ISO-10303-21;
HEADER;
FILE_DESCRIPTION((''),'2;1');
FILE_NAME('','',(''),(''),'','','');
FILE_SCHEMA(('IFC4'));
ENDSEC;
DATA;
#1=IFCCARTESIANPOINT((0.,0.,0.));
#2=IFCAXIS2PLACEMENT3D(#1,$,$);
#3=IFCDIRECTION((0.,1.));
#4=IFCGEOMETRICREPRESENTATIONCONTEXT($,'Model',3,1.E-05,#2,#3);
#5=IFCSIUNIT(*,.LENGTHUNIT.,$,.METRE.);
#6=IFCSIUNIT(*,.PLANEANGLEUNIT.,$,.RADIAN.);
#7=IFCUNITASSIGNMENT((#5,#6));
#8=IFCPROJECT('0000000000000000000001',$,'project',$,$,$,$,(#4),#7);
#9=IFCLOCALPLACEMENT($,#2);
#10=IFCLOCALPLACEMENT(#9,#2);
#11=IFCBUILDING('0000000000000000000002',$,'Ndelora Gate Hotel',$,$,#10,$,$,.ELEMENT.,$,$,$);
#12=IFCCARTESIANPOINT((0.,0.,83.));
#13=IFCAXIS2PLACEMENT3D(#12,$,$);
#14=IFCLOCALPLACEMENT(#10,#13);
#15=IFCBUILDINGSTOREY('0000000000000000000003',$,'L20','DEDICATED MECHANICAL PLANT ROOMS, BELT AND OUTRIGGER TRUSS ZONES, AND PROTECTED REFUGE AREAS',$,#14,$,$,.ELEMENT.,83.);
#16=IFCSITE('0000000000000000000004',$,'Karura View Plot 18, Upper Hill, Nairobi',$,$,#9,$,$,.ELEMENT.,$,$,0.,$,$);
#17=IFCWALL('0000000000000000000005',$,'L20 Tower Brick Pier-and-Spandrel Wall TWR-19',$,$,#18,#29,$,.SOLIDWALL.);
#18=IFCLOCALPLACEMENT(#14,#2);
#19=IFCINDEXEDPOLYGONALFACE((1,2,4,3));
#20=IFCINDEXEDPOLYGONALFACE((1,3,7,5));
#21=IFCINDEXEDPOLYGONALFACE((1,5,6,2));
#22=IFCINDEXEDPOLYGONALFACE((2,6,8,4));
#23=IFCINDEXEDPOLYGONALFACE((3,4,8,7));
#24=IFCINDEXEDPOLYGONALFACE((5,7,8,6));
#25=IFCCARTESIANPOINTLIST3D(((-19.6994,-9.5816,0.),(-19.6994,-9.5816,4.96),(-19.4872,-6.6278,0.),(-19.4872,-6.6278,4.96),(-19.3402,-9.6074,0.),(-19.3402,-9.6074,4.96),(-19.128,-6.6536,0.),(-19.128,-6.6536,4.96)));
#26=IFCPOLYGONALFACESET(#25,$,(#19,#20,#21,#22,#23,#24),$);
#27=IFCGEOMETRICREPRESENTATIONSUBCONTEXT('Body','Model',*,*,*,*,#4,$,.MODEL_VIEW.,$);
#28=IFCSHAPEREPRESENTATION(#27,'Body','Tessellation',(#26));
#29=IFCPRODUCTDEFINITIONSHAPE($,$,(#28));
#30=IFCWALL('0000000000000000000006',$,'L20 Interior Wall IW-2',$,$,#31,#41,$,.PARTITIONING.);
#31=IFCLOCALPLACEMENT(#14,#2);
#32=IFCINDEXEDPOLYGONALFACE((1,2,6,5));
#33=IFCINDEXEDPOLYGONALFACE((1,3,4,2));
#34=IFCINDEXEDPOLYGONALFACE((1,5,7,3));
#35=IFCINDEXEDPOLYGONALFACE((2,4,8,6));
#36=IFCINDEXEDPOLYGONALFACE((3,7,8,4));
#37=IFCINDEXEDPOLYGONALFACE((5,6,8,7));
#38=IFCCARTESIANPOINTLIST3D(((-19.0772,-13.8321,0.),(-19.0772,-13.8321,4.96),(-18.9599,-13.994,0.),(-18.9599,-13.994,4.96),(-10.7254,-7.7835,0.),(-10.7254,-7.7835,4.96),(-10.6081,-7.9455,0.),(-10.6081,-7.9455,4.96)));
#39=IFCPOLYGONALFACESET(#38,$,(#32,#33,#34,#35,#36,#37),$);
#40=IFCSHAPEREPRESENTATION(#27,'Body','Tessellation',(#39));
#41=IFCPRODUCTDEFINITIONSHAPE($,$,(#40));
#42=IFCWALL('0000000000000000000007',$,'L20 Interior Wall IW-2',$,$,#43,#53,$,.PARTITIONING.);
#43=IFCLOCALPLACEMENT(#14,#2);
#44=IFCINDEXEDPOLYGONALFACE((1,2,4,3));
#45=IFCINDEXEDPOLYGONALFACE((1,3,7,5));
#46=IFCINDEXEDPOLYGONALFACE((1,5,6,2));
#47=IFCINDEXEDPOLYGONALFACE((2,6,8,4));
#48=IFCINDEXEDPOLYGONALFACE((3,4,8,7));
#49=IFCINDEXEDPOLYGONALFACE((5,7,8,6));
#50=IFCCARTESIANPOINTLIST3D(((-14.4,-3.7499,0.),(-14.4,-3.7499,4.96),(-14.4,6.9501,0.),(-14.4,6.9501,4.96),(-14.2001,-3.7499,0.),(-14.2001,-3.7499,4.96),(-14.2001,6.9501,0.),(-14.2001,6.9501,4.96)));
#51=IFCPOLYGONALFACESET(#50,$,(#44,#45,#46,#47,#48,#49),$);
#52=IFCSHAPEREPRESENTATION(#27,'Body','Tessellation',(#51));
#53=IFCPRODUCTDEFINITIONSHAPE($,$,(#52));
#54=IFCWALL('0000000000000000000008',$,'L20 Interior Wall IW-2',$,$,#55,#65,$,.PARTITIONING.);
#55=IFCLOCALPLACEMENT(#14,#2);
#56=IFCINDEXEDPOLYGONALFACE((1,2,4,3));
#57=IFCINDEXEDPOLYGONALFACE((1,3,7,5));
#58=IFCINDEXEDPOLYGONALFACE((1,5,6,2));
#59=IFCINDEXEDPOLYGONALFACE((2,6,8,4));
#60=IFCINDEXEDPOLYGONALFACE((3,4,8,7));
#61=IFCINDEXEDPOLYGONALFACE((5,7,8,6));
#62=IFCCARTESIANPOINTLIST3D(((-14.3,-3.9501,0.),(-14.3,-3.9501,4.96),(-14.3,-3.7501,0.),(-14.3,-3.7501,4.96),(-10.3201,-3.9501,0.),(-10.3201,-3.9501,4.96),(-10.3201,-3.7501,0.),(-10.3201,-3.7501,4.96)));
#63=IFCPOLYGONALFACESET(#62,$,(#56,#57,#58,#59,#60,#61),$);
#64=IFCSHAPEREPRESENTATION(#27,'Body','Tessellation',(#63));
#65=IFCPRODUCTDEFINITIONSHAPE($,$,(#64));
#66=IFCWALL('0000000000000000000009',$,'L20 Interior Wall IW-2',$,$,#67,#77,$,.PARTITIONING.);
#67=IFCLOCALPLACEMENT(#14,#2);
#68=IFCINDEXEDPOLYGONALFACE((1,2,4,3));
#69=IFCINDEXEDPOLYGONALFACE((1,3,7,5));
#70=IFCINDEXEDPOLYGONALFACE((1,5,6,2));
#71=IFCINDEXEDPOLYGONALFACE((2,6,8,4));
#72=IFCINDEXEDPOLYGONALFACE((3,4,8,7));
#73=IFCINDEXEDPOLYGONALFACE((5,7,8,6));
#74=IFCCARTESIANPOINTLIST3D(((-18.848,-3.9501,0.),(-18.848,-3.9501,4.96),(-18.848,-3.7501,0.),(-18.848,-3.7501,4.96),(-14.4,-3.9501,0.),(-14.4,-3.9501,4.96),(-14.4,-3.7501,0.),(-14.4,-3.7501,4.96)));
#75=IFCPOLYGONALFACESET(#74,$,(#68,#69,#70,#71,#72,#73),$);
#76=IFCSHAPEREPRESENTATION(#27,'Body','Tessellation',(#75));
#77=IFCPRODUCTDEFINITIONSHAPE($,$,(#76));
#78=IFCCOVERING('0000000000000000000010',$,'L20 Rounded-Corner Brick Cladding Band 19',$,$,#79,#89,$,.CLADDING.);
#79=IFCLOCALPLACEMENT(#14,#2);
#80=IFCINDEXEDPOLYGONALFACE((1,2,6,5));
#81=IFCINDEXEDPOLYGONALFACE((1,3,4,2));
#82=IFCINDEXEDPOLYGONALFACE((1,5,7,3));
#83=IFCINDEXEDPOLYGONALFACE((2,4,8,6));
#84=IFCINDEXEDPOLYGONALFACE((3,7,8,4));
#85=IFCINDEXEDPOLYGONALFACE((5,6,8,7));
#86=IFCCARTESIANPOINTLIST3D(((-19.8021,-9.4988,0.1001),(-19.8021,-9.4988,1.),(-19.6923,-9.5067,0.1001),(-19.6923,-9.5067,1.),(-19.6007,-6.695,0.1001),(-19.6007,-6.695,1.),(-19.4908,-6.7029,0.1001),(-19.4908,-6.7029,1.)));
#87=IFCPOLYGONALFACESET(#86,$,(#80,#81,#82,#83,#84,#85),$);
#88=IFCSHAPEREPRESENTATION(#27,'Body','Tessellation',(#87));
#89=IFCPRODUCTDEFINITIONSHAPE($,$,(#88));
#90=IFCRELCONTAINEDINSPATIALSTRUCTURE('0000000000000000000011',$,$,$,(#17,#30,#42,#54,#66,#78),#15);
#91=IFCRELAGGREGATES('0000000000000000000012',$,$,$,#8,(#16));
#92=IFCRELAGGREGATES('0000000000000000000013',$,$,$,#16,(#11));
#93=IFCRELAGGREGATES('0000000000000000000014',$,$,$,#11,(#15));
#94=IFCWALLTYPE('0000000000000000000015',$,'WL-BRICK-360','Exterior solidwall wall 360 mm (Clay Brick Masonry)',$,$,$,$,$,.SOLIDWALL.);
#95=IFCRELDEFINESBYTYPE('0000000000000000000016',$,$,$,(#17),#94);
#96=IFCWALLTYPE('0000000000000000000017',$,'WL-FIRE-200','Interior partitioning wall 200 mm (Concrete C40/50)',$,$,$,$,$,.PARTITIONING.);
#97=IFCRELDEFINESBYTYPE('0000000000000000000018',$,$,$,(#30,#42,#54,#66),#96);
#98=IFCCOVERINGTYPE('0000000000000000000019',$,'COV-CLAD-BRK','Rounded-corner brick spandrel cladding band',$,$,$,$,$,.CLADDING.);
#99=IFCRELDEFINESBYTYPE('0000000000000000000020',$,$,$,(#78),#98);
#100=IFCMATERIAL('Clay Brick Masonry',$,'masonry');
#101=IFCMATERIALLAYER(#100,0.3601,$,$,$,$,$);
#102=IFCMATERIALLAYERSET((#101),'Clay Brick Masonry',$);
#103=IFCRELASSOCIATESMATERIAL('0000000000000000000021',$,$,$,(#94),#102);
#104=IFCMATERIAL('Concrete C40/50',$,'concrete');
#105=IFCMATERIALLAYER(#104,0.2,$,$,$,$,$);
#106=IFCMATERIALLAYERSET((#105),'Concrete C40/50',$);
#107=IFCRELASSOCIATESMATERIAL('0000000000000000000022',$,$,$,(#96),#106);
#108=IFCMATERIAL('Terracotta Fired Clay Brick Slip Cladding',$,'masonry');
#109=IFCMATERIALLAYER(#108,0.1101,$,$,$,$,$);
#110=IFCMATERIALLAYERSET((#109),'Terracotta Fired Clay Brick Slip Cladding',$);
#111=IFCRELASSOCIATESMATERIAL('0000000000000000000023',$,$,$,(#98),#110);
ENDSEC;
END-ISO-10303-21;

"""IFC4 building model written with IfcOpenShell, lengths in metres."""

from ifc_helpers import new_model, si_unit, direction, frame, frame_2d, origin, origin_2d, place, context, subcontext, project, spatial, rectangle, extrude, material, layer, layer_set, type_object, element, save


model = new_model("IFC4")

# Units and contexts
model_context = context("Model", 3, precision=1e-05, world=origin(), true_north=direction((0.0, 1.0)))
body_context = subcontext(model_context, "Body", "Model", "MODEL_VIEW")
ifc_project = project(units=[si_unit("LENGTHUNIT", "METRE"), si_unit("PLANEANGLEUNIT", "RADIAN")], contexts=[model_context])

# Site, building, storey
site_placement = place(None, origin())
site = spatial("IfcSite", under=ifc_project, at=site_placement, Name="Karura View Plot 18, Upper Hill, Nairobi", CompositionType="ELEMENT", RefElevation=0.0)
building_placement = place(site_placement, origin())
building = spatial("IfcBuilding", under=site, at=building_placement, Name="Ndelora Gate Hotel", CompositionType="ELEMENT")
storey_placement = place(building_placement, frame((0.0, 0.0, 83.0)))
storey = spatial("IfcBuildingStorey", under=building, at=storey_placement, Name="L20", Description="DEDICATED MECHANICAL PLANT ROOMS, BELT AND OUTRIGGER TRUSS ZONES, AND PROTECTED REFUGE AREAS", CompositionType="ELEMENT", Elevation=83.0)

# Walls
ifc_material_1 = material(Name="Clay Brick Masonry", Category="masonry")
ifc_layer_1 = layer(ifc_material_1, 0.3601)
ifc_layer_set_1 = layer_set([ifc_layer_1], Name="Clay Brick Masonry")
wall_type_1 = type_object("IfcWallType", Name="WL-BRICK-360", Description="Exterior solidwall wall 360 mm (Clay Brick Masonry)", PredefinedType="SOLIDWALL", material=ifc_layer_set_1)
wall_1_placement = place(storey_placement, frame((-19.5198, -9.5945, 0.0), z_axis=(0.0, 0.0, 1.0), x_axis=(0.07164, 0.997431, 0.0)))
element("IfcWall", 1, at=wall_1_placement, inside=storey, type_object=wall_type_1, Name="L20 Tower Brick Pier-and-Spandrel Wall TWR-19", PredefinedType="SOLIDWALL", context=body_context, shape_type="SweptSolid", body=[
    extrude(rectangle(XDim=2.9614, YDim=0.3601, at=frame_2d((1.4807, 0.0))), origin(), (0.0, 0.0, 1.0), 4.96),
])
ifc_material_2 = material(Name="Concrete C40/50", Category="concrete")
ifc_layer_2 = layer(ifc_material_2, 0.2)
ifc_layer_set_2 = layer_set([ifc_layer_2], Name="Concrete C40/50")
wall_type_2 = type_object("IfcWallType", Name="WL-FIRE-200", Description="Interior partitioning wall 200 mm (Concrete C40/50)", PredefinedType="PARTITIONING", material=ifc_layer_set_2)
wall_2_placement = place(storey_placement, frame((-10.6667, -7.8645, 0.0), z_axis=(0.0, 0.0, 1.0), x_axis=(-0.809909, -0.586556, 0.0)))
element("IfcWall", 2, at=wall_2_placement, inside=storey, type_object=wall_type_2, Name="L20 Interior Wall IW-2", PredefinedType="PARTITIONING", context=body_context, shape_type="SweptSolid", body=[
    extrude(rectangle(XDim=10.312, YDim=0.2, at=frame_2d((5.156, 0.0))), origin(), (0.0, 0.0, 1.0), 4.96),
])
wall_3_placement = place(storey_placement, frame((-14.3, -3.75, 0.0), z_axis=(0.0, 0.0, 1.0), x_axis=(0.0, 1.0, 0.0)))
element("IfcWall", 3, at=wall_3_placement, inside=storey, type_object=wall_type_2, Name="L20 Interior Wall IW-2", PredefinedType="PARTITIONING", context=body_context, shape_type="SweptSolid", body=[
    extrude(rectangle(XDim=10.7, YDim=0.2, at=frame_2d((5.3501, 0.0))), origin(), (0.0, 0.0, 1.0), 4.96),
])
wall_4_placement = place(storey_placement, frame((-14.3, -3.8501, 0.0), z_axis=(0.0, 0.0, 1.0), x_axis=(1.0, 0.0, 0.0)))
element("IfcWall", 4, at=wall_4_placement, inside=storey, type_object=wall_type_2, Name="L20 Interior Wall IW-2", PredefinedType="PARTITIONING", context=body_context, shape_type="SweptSolid", body=[
    extrude(rectangle(XDim=3.98, YDim=0.2, at=frame_2d((1.99, 0.0))), origin(), (0.0, 0.0, 1.0), 4.96),
])
wall_5_placement = place(storey_placement, frame((-14.3999, -3.8501, 0.0), z_axis=(0.0, 0.0, 1.0), x_axis=(-1.0, 0.0, 0.0)))
element("IfcWall", 5, at=wall_5_placement, inside=storey, type_object=wall_type_2, Name="L20 Interior Wall IW-2", PredefinedType="PARTITIONING", context=body_context, shape_type="SweptSolid", body=[
    extrude(rectangle(XDim=4.448, YDim=0.2, at=frame_2d((2.2241, 0.0))), origin(), (0.0, 0.0, 1.0), 4.96),
])

# Covering
ifc_material_3 = material(Name="Terracotta Fired Clay Brick Slip Cladding", Category="masonry")
ifc_layer_3 = layer(ifc_material_3, 0.1101)
ifc_layer_set_3 = layer_set([ifc_layer_3], Name="Terracotta Fired Clay Brick Slip Cladding")
covering_type = type_object("IfcCoveringType", Name="COV-CLAD-BRK", Description="Rounded-corner brick spandrel cladding band", PredefinedType="CLADDING", material=ifc_layer_set_3)
covering_placement = place(storey_placement, frame((-19.6465, -8.1008, 0.1001), z_axis=(0.0, 0.0, 1.0), x_axis=(0.071672, 0.997428, 0.0)))
element("IfcCovering", 6, at=covering_placement, inside=storey, type_object=covering_type, Name="L20 Rounded-Corner Brick Cladding Band 19", PredefinedType="CLADDING", context=body_context, shape_type="SweptSolid", body=[
    extrude(rectangle(XDim=2.811, YDim=0.1101, at=origin_2d()), origin(), (0.0, 0.0, 1.0), 0.8999),
])

save(model, "model.ifc")
